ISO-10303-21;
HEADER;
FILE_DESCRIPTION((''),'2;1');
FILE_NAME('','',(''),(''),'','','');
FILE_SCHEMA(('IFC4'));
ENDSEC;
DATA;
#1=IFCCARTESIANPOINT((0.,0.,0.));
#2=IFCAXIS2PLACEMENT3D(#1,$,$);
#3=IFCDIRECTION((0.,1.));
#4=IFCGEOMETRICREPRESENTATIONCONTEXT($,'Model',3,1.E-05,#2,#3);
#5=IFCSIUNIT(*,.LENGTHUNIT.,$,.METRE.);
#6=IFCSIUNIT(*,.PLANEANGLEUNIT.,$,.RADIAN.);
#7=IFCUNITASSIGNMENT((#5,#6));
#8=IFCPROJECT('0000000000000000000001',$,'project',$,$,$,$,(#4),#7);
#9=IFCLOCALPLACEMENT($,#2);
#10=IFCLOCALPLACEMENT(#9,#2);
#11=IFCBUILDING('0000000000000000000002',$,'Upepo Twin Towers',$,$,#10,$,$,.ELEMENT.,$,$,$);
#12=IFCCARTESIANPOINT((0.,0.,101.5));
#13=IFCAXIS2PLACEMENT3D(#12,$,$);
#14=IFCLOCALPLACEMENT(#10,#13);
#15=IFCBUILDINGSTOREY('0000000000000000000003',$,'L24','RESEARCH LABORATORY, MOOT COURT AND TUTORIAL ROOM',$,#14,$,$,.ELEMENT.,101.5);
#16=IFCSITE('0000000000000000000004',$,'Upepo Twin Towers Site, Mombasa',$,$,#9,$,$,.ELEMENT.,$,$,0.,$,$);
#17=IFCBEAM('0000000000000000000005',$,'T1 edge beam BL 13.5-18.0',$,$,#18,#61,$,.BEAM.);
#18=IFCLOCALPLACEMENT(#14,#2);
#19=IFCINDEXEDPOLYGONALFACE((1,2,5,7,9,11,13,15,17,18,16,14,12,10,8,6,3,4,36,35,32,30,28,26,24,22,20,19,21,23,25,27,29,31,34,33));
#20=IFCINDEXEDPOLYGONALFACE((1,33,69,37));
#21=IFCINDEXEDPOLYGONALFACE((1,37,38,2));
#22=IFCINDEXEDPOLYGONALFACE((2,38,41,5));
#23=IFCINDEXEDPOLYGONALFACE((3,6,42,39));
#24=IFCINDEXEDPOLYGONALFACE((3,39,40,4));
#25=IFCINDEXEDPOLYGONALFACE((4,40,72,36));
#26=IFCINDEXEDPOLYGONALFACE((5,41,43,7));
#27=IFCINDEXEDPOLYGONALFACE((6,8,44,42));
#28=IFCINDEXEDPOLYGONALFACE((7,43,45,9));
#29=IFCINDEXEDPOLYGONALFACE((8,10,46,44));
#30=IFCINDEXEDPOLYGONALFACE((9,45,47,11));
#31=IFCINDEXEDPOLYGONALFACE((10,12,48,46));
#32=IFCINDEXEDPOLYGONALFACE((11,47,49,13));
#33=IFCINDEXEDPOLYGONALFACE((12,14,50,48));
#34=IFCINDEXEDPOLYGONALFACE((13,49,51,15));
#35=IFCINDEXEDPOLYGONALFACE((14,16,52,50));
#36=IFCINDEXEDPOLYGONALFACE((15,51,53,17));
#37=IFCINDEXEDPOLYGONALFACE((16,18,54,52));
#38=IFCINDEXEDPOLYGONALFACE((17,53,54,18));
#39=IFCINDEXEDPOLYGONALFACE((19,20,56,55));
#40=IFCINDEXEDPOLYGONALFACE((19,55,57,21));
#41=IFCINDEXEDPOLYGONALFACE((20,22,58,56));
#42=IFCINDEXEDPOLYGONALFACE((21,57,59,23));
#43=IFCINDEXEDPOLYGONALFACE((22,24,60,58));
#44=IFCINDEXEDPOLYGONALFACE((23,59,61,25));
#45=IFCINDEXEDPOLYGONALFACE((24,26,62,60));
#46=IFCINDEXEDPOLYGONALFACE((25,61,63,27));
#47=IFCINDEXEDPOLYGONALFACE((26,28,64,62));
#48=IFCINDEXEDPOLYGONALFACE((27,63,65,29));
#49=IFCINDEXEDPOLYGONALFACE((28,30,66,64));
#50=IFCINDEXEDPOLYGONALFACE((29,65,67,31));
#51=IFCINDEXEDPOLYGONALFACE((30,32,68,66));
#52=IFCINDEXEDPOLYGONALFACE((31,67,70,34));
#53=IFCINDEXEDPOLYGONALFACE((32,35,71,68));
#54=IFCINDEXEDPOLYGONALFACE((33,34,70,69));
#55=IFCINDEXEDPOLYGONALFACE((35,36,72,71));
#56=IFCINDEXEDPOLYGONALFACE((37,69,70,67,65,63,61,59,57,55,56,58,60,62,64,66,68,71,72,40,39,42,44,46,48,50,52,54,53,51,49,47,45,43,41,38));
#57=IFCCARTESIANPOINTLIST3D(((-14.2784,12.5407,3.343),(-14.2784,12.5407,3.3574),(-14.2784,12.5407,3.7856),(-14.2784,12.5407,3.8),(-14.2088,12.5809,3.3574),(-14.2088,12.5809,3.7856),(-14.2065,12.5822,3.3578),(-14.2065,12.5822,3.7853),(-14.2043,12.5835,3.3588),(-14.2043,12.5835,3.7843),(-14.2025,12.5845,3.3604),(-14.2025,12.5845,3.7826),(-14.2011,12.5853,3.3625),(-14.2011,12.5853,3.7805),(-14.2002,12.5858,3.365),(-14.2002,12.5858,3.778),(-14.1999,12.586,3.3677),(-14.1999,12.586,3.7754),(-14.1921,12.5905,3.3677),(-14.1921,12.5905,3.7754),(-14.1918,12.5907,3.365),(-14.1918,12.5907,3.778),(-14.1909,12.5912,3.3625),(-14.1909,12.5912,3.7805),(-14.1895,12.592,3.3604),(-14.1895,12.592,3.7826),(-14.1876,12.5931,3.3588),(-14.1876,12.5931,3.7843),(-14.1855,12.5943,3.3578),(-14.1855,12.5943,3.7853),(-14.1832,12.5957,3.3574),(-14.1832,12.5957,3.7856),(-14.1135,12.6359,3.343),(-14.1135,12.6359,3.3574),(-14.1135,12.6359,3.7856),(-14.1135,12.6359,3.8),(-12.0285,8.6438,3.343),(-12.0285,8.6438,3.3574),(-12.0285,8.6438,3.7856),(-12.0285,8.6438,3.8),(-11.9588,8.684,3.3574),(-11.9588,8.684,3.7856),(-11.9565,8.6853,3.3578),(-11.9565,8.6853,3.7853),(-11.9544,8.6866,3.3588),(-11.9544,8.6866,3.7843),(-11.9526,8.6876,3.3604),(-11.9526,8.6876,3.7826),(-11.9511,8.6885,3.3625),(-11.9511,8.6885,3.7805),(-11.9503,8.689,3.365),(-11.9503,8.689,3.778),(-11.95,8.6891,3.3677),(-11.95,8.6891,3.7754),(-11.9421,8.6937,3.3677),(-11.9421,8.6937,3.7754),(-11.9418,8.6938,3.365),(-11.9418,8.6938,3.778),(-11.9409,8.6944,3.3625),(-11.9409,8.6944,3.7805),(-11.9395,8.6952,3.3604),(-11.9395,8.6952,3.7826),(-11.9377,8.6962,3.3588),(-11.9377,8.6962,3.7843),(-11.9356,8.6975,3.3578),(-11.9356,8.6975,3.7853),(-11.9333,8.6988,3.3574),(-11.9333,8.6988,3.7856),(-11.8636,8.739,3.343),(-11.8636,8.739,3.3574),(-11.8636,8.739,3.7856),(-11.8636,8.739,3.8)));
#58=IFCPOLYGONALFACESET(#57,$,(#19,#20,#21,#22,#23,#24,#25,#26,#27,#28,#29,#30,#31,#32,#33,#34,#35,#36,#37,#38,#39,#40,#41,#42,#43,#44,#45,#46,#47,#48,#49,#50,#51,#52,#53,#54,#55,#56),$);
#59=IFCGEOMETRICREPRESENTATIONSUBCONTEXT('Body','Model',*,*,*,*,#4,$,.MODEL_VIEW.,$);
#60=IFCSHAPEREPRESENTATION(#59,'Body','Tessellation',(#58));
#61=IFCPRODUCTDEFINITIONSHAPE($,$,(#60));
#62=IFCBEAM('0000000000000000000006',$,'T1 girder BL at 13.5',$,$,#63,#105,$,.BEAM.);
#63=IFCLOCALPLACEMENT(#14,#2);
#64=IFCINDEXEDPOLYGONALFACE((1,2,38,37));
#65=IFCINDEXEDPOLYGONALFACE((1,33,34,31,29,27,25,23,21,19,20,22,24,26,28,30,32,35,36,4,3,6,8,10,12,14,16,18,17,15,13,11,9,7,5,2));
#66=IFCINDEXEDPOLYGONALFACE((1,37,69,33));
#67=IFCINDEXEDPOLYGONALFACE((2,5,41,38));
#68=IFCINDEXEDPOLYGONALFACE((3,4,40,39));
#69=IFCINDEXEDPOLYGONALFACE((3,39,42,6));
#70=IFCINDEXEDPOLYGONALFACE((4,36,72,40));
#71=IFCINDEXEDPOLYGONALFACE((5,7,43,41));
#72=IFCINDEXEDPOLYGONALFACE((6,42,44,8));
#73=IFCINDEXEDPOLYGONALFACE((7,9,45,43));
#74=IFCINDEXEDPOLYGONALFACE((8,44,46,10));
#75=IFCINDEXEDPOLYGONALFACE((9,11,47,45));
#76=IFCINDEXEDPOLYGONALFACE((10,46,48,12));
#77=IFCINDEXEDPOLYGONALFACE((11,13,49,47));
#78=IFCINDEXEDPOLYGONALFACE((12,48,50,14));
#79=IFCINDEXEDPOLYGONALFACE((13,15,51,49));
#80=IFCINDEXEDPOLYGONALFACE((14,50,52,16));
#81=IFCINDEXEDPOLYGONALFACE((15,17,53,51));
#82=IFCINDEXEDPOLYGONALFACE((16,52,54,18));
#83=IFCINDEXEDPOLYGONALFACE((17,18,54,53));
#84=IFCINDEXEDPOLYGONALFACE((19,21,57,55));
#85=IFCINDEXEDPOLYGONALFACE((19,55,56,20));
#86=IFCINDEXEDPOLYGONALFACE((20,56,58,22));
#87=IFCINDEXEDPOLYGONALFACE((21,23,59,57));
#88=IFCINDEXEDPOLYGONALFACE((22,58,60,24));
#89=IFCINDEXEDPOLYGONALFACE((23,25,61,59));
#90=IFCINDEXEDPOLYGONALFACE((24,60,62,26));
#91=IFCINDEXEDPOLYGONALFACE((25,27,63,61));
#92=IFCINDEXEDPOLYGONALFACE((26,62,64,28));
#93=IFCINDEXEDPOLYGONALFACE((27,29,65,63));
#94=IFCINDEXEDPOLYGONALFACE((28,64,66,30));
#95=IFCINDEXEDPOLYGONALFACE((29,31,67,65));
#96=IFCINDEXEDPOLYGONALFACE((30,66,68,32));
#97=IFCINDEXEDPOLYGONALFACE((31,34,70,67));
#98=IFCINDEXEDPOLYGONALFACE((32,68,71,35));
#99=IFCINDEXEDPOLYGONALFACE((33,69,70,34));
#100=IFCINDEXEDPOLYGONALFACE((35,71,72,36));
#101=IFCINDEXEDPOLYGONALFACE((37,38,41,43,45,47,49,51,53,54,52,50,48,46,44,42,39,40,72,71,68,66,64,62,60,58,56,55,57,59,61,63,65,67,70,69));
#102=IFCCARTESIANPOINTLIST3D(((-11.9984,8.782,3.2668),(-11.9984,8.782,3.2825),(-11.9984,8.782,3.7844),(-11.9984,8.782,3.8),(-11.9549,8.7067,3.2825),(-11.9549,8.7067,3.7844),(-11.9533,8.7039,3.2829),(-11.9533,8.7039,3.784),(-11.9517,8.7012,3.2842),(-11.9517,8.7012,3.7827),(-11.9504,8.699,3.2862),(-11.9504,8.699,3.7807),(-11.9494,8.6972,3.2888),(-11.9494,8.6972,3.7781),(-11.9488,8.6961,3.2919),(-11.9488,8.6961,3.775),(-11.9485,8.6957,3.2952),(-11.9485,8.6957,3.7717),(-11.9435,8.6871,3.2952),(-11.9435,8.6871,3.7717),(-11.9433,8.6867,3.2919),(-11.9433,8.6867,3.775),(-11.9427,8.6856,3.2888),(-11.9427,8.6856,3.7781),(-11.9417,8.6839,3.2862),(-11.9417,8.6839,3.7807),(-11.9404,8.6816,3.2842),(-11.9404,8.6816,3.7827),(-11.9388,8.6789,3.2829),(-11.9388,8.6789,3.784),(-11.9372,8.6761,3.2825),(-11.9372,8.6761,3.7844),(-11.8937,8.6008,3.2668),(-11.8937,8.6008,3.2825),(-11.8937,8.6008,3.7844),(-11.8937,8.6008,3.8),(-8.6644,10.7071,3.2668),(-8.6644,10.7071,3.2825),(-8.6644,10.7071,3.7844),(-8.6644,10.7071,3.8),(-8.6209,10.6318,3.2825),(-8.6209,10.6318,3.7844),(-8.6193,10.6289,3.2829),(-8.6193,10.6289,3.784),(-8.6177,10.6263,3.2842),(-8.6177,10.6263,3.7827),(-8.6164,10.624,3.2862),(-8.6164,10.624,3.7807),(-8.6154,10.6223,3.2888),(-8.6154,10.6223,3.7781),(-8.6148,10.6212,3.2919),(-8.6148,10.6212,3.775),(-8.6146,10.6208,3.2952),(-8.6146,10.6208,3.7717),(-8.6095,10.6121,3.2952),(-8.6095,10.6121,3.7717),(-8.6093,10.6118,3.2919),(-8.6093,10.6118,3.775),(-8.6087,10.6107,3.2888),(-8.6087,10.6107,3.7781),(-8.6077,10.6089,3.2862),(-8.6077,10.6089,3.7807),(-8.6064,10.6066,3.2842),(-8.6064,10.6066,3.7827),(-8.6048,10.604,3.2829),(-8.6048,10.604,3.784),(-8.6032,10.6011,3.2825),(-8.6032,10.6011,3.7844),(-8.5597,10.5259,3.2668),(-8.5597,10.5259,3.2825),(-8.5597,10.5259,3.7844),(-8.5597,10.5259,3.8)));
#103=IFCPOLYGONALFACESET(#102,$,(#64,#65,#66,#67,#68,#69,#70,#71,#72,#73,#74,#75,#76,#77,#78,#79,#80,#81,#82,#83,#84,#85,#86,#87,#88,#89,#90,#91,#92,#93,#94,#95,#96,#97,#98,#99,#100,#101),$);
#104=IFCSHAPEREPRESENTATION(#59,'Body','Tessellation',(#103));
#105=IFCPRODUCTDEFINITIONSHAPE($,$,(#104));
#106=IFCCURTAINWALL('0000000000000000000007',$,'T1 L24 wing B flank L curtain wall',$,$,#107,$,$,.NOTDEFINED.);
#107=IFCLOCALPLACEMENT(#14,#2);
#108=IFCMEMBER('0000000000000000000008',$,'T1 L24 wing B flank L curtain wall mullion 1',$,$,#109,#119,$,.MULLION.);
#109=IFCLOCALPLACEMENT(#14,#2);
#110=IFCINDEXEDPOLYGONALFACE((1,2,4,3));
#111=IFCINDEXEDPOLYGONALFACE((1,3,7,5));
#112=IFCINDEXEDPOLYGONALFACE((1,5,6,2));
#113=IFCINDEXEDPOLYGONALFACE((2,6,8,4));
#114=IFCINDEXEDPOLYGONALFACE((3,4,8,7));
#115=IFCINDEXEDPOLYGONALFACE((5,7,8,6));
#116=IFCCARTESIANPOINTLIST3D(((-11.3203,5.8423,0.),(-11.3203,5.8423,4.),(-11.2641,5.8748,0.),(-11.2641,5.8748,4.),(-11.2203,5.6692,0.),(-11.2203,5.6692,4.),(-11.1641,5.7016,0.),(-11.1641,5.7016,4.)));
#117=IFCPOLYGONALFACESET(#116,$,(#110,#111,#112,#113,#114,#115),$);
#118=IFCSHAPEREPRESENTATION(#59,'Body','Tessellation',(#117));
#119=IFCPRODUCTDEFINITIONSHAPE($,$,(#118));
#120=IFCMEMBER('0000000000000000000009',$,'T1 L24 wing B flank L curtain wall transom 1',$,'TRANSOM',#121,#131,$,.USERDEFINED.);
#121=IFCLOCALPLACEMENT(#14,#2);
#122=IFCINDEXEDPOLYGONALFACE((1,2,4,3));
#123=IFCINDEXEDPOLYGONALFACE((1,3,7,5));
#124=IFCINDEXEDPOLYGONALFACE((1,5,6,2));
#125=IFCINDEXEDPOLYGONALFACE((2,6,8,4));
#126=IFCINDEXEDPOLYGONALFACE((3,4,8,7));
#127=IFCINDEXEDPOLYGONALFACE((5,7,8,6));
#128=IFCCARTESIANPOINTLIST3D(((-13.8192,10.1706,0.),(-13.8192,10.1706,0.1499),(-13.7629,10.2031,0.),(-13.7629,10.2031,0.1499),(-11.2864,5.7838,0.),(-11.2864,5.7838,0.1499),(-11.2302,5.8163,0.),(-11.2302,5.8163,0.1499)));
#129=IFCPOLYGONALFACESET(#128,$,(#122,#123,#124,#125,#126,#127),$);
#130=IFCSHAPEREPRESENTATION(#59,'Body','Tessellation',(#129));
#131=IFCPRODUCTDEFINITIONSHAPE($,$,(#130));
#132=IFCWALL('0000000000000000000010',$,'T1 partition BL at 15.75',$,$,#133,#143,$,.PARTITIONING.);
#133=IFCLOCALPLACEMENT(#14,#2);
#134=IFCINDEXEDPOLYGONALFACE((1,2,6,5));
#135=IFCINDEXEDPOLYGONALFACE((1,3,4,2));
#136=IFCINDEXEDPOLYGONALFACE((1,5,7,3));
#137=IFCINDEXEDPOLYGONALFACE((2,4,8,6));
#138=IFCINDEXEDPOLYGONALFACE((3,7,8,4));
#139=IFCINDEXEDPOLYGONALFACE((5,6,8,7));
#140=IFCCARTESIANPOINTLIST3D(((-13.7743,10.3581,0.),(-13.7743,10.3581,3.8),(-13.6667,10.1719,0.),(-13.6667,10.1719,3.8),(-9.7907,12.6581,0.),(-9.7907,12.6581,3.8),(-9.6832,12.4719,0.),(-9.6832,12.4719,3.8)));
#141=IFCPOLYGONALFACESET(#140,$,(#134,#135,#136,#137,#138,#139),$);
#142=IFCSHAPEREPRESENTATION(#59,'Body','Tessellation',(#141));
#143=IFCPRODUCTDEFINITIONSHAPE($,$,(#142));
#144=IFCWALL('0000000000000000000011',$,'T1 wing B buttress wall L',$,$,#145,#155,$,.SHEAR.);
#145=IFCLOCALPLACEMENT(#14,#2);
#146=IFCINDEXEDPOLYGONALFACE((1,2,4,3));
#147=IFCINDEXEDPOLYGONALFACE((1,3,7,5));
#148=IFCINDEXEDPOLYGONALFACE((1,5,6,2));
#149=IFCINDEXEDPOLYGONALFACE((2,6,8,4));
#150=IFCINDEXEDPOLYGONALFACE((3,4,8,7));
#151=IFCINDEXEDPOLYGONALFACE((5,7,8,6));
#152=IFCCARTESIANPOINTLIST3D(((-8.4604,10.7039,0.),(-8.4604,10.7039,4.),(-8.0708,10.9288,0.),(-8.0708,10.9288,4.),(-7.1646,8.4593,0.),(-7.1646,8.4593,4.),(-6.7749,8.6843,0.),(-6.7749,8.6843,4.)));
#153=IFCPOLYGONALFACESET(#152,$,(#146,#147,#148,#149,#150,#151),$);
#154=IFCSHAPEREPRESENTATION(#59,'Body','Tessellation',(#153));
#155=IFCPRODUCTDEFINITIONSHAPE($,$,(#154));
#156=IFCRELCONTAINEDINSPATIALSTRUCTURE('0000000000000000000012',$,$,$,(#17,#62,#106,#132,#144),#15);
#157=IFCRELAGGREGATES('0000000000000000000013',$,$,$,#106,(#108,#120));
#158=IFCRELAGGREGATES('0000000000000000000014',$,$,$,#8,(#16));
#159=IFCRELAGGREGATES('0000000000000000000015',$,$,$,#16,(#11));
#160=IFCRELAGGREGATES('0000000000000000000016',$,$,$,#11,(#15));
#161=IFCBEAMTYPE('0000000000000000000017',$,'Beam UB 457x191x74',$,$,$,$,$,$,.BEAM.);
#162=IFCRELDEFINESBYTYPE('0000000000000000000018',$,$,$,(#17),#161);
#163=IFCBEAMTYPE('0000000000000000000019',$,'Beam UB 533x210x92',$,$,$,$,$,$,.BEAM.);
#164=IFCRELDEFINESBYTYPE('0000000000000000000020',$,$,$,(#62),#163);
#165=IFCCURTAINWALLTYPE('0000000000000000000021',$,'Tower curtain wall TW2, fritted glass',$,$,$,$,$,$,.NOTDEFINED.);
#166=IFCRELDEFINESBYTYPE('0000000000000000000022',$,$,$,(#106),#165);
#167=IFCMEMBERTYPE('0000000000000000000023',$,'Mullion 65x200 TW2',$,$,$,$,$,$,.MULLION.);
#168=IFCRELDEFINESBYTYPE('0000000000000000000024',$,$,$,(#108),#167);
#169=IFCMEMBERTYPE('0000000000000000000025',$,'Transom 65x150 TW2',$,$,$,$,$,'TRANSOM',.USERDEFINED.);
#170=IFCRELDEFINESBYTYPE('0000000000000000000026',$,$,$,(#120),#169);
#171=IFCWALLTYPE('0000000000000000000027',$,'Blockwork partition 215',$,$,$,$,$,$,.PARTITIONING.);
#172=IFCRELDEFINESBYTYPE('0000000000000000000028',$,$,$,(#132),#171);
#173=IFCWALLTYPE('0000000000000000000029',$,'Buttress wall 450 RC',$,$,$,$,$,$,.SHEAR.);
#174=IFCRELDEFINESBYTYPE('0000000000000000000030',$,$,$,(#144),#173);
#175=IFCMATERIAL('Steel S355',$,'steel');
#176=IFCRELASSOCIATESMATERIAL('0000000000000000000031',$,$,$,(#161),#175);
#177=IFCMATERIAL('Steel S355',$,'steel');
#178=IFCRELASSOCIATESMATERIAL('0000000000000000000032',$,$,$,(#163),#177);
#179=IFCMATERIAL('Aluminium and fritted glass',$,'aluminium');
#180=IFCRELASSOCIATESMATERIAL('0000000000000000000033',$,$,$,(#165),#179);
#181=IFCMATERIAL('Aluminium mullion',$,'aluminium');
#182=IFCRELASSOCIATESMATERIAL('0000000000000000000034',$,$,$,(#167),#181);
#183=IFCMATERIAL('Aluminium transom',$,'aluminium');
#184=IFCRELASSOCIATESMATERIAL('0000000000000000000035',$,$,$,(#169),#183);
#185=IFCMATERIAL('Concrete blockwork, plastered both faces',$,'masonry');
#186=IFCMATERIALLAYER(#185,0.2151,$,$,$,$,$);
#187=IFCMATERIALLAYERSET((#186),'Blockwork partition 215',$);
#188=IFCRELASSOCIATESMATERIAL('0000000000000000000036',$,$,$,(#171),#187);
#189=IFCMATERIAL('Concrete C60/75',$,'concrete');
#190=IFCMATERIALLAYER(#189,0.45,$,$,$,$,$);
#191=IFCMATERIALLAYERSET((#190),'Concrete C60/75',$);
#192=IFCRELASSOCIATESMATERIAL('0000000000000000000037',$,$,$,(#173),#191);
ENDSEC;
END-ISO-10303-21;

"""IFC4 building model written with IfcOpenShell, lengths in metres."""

from ifc_helpers import new_model, si_unit, direction, frame, frame_2d, origin, origin_2d, place, context, subcontext, project, spatial, rectangle, i_section, extrude, material, layer, layer_set, material_profile, profile_set, type_object, element, aggregate, save


model = new_model("IFC4")

# Units and contexts
model_context = context("Model", 3, precision=1e-05, world=origin(), true_north=direction((0.0, 1.0)))
body_context = subcontext(model_context, "Body", "Model", "MODEL_VIEW")
ifc_project = project(units=[si_unit("LENGTHUNIT", "METRE"), si_unit("PLANEANGLEUNIT", "RADIAN")], contexts=[model_context])

# Site, building, storey
site_placement = place(None, origin())
site = spatial("IfcSite", under=ifc_project, at=site_placement, Name="Upepo Twin Towers Site, Mombasa", CompositionType="ELEMENT", RefElevation=0.0)
building_placement = place(site_placement, origin())
building = spatial("IfcBuilding", under=site, at=building_placement, Name="Upepo Twin Towers", CompositionType="ELEMENT")
storey_placement = place(building_placement, frame((0.0, 0.0, 101.5)))
storey = spatial("IfcBuildingStorey", under=building, at=storey_placement, Name="L24", Description="RESEARCH LABORATORY, MOOT COURT AND TUTORIAL ROOM", CompositionType="ELEMENT", Elevation=101.5)

# Beams
ifc_material_1 = material(Name="Steel S355", Category="steel")
ifc_material_profile_1 = material_profile(ifc_material_1, i_section(OverallWidth=0.1904, OverallDepth=0.457, WebThickness=0.009, FlangeThickness=0.0144, FilletRadius=0.0103, at=origin_2d()), Name="UB 457x191x74")
ifc_profile_set_1 = profile_set([ifc_material_profile_1], Name="Steel S355")
beam_type_1 = type_object("IfcBeamType", Name="Beam UB 457x191x74", PredefinedType="BEAM", material=ifc_profile_set_1)
beam_1_placement = place(storey_placement, frame((-11.946, 8.6914, 3.5715), z_axis=(-0.500014, 0.866018, 0.0), x_axis=(-0.866018, -0.500014, 0.0)))
element("IfcBeam", 1, at=beam_1_placement, inside=storey, type_object=beam_type_1, Name="T1 edge beam BL 13.5-18.0", PredefinedType="BEAM", context=body_context, shape_type="SweptSolid", body=[
    extrude(i_section(OverallWidth=0.1904, OverallDepth=0.457, WebThickness=0.009, FlangeThickness=0.0144, FilletRadius=0.0103, at=origin_2d()), origin(), (0.0, 0.0, 1.0), 4.4998),
])
ifc_material_2 = material(Name="Steel S355", Category="steel")
ifc_material_profile_2 = material_profile(ifc_material_2, i_section(OverallWidth=0.2092, OverallDepth=0.5332, WebThickness=0.01, FlangeThickness=0.0156, FilletRadius=0.0127, at=origin_2d()), Name="UB 533x210x92")
ifc_profile_set_2 = profile_set([ifc_material_profile_2], Name="Steel S355")
beam_type_2 = type_object("IfcBeamType", Name="Beam UB 533x210x92", PredefinedType="BEAM", material=ifc_profile_set_2)
beam_2_placement = place(storey_placement, frame((-11.946, 8.6914, 3.5334), z_axis=(0.866006, 0.500034, 0.0), x_axis=(-0.500034, 0.866006, 0.0)))
element("IfcBeam", 2, at=beam_2_placement, inside=storey, type_object=beam_type_2, Name="T1 girder BL at 13.5", PredefinedType="BEAM", context=body_context, shape_type="SweptSolid", body=[
    extrude(i_section(OverallWidth=0.2092, OverallDepth=0.5332, WebThickness=0.01, FlangeThickness=0.0156, FilletRadius=0.0127, at=origin_2d()), origin(), (0.0, 0.0, 1.0), 3.8499),
])

# Curtain wall, members
ifc_material_3 = material(Name="Aluminium and fritted glass", Category="aluminium")
curtain_wall_type = type_object("IfcCurtainWallType", Name="Tower curtain wall TW2, fritted glass", PredefinedType="NOTDEFINED", material=ifc_material_3)
curtain_wall_placement = place(storey_placement, origin())
curtain_wall = element("IfcCurtainWall", 3, at=curtain_wall_placement, inside=storey, type_object=curtain_wall_type, Name="T1 L24 wing B flank L curtain wall", PredefinedType="NOTDEFINED")
ifc_material_4 = material(Name="Aluminium mullion", Category="aluminium")
ifc_material_profile_3 = material_profile(ifc_material_4, rectangle(XDim=0.0649, YDim=0.2, at=origin_2d()), Name="MULLION 65x200")
ifc_profile_set_3 = profile_set([ifc_material_profile_3], Name="Aluminium mullion")
member_type_1 = type_object("IfcMemberType", Name="Mullion 65x200 TW2", PredefinedType="MULLION", material=ifc_profile_set_3)
member_1_placement = place(storey_placement, frame((-11.2422, 5.772, 0.0), z_axis=(0.0, 0.0, 1.0), x_axis=(-0.866025, -0.5, 0.0)))
member_1 = element("IfcMember", 4, at=member_1_placement, type_object=member_type_1, Name="T1 L24 wing B flank L curtain wall mullion 1", PredefinedType="MULLION", context=body_context, shape_type="SweptSolid", body=[
    extrude(rectangle(XDim=0.0649, YDim=0.2, at=origin_2d()), origin(), (0.0, 0.0, 1.0), 4.0),
])
ifc_material_5 = material(Name="Aluminium transom", Category="aluminium")
ifc_material_profile_4 = material_profile(ifc_material_5, rectangle(XDim=0.0649, YDim=0.1499, at=origin_2d()), Name="TRANSOM 65x150")
ifc_profile_set_4 = profile_set([ifc_material_profile_4], Name="Aluminium transom")
member_type_2 = type_object("IfcMemberType", Name="Transom 65x150 TW2", ElementType="TRANSOM", PredefinedType="USERDEFINED", material=ifc_profile_set_4)
member_2_placement = place(storey_placement, frame((-11.2583, 5.8, 0.075), z_axis=(-0.500006, 0.866022, 0.0), x_axis=(-0.866022, -0.500006, 0.0)))
member_2 = element("IfcMember", 5, at=member_2_placement, type_object=member_type_2, Name="T1 L24 wing B flank L curtain wall transom 1", ObjectType="TRANSOM", PredefinedType="USERDEFINED", context=body_context, shape_type="SweptSolid", body=[
    extrude(rectangle(XDim=0.0649, YDim=0.1499, at=origin_2d()), origin(), (0.0, 0.0, 1.0), 5.0654),
])
aggregate(curtain_wall, [member_1, member_2])

# Walls
ifc_material_6 = material(Name="Concrete blockwork, plastered both faces", Category="masonry")
ifc_layer_1 = layer(ifc_material_6, 0.2151)
ifc_layer_set_1 = layer_set([ifc_layer_1], Name="Blockwork partition 215")
wall_type_1 = type_object("IfcWallType", Name="Blockwork partition 215", PredefinedType="PARTITIONING", material=ifc_layer_set_1)
wall_1_placement = place(storey_placement, frame((-9.7371, 12.5649, 0.0), z_axis=(0.0, 0.0, 1.0), x_axis=(-0.866017, -0.500015, 0.0)))
element("IfcWall", 6, at=wall_1_placement, inside=storey, type_object=wall_type_1, Name="T1 partition BL at 15.75", PredefinedType="PARTITIONING", context=body_context, shape_type="SweptSolid", body=[
    extrude(rectangle(XDim=4.5999, YDim=0.2151, at=frame_2d((2.2998, 0.0))), origin(), (0.0, 0.0, 1.0), 3.8),
])
ifc_material_7 = material(Name="Concrete C60/75", Category="concrete")
ifc_layer_2 = layer(ifc_material_7, 0.45)
ifc_layer_set_2 = layer_set([ifc_layer_2], Name="Concrete C60/75")
wall_type_2 = type_object("IfcWallType", Name="Buttress wall 450 RC", PredefinedType="SHEAR", material=ifc_layer_set_2)
wall_2_placement = place(storey_placement, frame((-6.9697, 8.5718, 0.0), z_axis=(0.0, 0.0, 1.0), x_axis=(-0.499989, 0.866032, 0.0)))
element("IfcWall", 7, at=wall_2_placement, inside=storey, type_object=wall_type_2, Name="T1 wing B buttress wall L", PredefinedType="SHEAR", context=body_context, shape_type="SweptSolid", body=[
    extrude(rectangle(XDim=2.5918, YDim=0.45, at=frame_2d((1.2959, 0.0))), origin(), (0.0, 0.0, 1.0), 4.0),
])

save(model, "model.ifc")
